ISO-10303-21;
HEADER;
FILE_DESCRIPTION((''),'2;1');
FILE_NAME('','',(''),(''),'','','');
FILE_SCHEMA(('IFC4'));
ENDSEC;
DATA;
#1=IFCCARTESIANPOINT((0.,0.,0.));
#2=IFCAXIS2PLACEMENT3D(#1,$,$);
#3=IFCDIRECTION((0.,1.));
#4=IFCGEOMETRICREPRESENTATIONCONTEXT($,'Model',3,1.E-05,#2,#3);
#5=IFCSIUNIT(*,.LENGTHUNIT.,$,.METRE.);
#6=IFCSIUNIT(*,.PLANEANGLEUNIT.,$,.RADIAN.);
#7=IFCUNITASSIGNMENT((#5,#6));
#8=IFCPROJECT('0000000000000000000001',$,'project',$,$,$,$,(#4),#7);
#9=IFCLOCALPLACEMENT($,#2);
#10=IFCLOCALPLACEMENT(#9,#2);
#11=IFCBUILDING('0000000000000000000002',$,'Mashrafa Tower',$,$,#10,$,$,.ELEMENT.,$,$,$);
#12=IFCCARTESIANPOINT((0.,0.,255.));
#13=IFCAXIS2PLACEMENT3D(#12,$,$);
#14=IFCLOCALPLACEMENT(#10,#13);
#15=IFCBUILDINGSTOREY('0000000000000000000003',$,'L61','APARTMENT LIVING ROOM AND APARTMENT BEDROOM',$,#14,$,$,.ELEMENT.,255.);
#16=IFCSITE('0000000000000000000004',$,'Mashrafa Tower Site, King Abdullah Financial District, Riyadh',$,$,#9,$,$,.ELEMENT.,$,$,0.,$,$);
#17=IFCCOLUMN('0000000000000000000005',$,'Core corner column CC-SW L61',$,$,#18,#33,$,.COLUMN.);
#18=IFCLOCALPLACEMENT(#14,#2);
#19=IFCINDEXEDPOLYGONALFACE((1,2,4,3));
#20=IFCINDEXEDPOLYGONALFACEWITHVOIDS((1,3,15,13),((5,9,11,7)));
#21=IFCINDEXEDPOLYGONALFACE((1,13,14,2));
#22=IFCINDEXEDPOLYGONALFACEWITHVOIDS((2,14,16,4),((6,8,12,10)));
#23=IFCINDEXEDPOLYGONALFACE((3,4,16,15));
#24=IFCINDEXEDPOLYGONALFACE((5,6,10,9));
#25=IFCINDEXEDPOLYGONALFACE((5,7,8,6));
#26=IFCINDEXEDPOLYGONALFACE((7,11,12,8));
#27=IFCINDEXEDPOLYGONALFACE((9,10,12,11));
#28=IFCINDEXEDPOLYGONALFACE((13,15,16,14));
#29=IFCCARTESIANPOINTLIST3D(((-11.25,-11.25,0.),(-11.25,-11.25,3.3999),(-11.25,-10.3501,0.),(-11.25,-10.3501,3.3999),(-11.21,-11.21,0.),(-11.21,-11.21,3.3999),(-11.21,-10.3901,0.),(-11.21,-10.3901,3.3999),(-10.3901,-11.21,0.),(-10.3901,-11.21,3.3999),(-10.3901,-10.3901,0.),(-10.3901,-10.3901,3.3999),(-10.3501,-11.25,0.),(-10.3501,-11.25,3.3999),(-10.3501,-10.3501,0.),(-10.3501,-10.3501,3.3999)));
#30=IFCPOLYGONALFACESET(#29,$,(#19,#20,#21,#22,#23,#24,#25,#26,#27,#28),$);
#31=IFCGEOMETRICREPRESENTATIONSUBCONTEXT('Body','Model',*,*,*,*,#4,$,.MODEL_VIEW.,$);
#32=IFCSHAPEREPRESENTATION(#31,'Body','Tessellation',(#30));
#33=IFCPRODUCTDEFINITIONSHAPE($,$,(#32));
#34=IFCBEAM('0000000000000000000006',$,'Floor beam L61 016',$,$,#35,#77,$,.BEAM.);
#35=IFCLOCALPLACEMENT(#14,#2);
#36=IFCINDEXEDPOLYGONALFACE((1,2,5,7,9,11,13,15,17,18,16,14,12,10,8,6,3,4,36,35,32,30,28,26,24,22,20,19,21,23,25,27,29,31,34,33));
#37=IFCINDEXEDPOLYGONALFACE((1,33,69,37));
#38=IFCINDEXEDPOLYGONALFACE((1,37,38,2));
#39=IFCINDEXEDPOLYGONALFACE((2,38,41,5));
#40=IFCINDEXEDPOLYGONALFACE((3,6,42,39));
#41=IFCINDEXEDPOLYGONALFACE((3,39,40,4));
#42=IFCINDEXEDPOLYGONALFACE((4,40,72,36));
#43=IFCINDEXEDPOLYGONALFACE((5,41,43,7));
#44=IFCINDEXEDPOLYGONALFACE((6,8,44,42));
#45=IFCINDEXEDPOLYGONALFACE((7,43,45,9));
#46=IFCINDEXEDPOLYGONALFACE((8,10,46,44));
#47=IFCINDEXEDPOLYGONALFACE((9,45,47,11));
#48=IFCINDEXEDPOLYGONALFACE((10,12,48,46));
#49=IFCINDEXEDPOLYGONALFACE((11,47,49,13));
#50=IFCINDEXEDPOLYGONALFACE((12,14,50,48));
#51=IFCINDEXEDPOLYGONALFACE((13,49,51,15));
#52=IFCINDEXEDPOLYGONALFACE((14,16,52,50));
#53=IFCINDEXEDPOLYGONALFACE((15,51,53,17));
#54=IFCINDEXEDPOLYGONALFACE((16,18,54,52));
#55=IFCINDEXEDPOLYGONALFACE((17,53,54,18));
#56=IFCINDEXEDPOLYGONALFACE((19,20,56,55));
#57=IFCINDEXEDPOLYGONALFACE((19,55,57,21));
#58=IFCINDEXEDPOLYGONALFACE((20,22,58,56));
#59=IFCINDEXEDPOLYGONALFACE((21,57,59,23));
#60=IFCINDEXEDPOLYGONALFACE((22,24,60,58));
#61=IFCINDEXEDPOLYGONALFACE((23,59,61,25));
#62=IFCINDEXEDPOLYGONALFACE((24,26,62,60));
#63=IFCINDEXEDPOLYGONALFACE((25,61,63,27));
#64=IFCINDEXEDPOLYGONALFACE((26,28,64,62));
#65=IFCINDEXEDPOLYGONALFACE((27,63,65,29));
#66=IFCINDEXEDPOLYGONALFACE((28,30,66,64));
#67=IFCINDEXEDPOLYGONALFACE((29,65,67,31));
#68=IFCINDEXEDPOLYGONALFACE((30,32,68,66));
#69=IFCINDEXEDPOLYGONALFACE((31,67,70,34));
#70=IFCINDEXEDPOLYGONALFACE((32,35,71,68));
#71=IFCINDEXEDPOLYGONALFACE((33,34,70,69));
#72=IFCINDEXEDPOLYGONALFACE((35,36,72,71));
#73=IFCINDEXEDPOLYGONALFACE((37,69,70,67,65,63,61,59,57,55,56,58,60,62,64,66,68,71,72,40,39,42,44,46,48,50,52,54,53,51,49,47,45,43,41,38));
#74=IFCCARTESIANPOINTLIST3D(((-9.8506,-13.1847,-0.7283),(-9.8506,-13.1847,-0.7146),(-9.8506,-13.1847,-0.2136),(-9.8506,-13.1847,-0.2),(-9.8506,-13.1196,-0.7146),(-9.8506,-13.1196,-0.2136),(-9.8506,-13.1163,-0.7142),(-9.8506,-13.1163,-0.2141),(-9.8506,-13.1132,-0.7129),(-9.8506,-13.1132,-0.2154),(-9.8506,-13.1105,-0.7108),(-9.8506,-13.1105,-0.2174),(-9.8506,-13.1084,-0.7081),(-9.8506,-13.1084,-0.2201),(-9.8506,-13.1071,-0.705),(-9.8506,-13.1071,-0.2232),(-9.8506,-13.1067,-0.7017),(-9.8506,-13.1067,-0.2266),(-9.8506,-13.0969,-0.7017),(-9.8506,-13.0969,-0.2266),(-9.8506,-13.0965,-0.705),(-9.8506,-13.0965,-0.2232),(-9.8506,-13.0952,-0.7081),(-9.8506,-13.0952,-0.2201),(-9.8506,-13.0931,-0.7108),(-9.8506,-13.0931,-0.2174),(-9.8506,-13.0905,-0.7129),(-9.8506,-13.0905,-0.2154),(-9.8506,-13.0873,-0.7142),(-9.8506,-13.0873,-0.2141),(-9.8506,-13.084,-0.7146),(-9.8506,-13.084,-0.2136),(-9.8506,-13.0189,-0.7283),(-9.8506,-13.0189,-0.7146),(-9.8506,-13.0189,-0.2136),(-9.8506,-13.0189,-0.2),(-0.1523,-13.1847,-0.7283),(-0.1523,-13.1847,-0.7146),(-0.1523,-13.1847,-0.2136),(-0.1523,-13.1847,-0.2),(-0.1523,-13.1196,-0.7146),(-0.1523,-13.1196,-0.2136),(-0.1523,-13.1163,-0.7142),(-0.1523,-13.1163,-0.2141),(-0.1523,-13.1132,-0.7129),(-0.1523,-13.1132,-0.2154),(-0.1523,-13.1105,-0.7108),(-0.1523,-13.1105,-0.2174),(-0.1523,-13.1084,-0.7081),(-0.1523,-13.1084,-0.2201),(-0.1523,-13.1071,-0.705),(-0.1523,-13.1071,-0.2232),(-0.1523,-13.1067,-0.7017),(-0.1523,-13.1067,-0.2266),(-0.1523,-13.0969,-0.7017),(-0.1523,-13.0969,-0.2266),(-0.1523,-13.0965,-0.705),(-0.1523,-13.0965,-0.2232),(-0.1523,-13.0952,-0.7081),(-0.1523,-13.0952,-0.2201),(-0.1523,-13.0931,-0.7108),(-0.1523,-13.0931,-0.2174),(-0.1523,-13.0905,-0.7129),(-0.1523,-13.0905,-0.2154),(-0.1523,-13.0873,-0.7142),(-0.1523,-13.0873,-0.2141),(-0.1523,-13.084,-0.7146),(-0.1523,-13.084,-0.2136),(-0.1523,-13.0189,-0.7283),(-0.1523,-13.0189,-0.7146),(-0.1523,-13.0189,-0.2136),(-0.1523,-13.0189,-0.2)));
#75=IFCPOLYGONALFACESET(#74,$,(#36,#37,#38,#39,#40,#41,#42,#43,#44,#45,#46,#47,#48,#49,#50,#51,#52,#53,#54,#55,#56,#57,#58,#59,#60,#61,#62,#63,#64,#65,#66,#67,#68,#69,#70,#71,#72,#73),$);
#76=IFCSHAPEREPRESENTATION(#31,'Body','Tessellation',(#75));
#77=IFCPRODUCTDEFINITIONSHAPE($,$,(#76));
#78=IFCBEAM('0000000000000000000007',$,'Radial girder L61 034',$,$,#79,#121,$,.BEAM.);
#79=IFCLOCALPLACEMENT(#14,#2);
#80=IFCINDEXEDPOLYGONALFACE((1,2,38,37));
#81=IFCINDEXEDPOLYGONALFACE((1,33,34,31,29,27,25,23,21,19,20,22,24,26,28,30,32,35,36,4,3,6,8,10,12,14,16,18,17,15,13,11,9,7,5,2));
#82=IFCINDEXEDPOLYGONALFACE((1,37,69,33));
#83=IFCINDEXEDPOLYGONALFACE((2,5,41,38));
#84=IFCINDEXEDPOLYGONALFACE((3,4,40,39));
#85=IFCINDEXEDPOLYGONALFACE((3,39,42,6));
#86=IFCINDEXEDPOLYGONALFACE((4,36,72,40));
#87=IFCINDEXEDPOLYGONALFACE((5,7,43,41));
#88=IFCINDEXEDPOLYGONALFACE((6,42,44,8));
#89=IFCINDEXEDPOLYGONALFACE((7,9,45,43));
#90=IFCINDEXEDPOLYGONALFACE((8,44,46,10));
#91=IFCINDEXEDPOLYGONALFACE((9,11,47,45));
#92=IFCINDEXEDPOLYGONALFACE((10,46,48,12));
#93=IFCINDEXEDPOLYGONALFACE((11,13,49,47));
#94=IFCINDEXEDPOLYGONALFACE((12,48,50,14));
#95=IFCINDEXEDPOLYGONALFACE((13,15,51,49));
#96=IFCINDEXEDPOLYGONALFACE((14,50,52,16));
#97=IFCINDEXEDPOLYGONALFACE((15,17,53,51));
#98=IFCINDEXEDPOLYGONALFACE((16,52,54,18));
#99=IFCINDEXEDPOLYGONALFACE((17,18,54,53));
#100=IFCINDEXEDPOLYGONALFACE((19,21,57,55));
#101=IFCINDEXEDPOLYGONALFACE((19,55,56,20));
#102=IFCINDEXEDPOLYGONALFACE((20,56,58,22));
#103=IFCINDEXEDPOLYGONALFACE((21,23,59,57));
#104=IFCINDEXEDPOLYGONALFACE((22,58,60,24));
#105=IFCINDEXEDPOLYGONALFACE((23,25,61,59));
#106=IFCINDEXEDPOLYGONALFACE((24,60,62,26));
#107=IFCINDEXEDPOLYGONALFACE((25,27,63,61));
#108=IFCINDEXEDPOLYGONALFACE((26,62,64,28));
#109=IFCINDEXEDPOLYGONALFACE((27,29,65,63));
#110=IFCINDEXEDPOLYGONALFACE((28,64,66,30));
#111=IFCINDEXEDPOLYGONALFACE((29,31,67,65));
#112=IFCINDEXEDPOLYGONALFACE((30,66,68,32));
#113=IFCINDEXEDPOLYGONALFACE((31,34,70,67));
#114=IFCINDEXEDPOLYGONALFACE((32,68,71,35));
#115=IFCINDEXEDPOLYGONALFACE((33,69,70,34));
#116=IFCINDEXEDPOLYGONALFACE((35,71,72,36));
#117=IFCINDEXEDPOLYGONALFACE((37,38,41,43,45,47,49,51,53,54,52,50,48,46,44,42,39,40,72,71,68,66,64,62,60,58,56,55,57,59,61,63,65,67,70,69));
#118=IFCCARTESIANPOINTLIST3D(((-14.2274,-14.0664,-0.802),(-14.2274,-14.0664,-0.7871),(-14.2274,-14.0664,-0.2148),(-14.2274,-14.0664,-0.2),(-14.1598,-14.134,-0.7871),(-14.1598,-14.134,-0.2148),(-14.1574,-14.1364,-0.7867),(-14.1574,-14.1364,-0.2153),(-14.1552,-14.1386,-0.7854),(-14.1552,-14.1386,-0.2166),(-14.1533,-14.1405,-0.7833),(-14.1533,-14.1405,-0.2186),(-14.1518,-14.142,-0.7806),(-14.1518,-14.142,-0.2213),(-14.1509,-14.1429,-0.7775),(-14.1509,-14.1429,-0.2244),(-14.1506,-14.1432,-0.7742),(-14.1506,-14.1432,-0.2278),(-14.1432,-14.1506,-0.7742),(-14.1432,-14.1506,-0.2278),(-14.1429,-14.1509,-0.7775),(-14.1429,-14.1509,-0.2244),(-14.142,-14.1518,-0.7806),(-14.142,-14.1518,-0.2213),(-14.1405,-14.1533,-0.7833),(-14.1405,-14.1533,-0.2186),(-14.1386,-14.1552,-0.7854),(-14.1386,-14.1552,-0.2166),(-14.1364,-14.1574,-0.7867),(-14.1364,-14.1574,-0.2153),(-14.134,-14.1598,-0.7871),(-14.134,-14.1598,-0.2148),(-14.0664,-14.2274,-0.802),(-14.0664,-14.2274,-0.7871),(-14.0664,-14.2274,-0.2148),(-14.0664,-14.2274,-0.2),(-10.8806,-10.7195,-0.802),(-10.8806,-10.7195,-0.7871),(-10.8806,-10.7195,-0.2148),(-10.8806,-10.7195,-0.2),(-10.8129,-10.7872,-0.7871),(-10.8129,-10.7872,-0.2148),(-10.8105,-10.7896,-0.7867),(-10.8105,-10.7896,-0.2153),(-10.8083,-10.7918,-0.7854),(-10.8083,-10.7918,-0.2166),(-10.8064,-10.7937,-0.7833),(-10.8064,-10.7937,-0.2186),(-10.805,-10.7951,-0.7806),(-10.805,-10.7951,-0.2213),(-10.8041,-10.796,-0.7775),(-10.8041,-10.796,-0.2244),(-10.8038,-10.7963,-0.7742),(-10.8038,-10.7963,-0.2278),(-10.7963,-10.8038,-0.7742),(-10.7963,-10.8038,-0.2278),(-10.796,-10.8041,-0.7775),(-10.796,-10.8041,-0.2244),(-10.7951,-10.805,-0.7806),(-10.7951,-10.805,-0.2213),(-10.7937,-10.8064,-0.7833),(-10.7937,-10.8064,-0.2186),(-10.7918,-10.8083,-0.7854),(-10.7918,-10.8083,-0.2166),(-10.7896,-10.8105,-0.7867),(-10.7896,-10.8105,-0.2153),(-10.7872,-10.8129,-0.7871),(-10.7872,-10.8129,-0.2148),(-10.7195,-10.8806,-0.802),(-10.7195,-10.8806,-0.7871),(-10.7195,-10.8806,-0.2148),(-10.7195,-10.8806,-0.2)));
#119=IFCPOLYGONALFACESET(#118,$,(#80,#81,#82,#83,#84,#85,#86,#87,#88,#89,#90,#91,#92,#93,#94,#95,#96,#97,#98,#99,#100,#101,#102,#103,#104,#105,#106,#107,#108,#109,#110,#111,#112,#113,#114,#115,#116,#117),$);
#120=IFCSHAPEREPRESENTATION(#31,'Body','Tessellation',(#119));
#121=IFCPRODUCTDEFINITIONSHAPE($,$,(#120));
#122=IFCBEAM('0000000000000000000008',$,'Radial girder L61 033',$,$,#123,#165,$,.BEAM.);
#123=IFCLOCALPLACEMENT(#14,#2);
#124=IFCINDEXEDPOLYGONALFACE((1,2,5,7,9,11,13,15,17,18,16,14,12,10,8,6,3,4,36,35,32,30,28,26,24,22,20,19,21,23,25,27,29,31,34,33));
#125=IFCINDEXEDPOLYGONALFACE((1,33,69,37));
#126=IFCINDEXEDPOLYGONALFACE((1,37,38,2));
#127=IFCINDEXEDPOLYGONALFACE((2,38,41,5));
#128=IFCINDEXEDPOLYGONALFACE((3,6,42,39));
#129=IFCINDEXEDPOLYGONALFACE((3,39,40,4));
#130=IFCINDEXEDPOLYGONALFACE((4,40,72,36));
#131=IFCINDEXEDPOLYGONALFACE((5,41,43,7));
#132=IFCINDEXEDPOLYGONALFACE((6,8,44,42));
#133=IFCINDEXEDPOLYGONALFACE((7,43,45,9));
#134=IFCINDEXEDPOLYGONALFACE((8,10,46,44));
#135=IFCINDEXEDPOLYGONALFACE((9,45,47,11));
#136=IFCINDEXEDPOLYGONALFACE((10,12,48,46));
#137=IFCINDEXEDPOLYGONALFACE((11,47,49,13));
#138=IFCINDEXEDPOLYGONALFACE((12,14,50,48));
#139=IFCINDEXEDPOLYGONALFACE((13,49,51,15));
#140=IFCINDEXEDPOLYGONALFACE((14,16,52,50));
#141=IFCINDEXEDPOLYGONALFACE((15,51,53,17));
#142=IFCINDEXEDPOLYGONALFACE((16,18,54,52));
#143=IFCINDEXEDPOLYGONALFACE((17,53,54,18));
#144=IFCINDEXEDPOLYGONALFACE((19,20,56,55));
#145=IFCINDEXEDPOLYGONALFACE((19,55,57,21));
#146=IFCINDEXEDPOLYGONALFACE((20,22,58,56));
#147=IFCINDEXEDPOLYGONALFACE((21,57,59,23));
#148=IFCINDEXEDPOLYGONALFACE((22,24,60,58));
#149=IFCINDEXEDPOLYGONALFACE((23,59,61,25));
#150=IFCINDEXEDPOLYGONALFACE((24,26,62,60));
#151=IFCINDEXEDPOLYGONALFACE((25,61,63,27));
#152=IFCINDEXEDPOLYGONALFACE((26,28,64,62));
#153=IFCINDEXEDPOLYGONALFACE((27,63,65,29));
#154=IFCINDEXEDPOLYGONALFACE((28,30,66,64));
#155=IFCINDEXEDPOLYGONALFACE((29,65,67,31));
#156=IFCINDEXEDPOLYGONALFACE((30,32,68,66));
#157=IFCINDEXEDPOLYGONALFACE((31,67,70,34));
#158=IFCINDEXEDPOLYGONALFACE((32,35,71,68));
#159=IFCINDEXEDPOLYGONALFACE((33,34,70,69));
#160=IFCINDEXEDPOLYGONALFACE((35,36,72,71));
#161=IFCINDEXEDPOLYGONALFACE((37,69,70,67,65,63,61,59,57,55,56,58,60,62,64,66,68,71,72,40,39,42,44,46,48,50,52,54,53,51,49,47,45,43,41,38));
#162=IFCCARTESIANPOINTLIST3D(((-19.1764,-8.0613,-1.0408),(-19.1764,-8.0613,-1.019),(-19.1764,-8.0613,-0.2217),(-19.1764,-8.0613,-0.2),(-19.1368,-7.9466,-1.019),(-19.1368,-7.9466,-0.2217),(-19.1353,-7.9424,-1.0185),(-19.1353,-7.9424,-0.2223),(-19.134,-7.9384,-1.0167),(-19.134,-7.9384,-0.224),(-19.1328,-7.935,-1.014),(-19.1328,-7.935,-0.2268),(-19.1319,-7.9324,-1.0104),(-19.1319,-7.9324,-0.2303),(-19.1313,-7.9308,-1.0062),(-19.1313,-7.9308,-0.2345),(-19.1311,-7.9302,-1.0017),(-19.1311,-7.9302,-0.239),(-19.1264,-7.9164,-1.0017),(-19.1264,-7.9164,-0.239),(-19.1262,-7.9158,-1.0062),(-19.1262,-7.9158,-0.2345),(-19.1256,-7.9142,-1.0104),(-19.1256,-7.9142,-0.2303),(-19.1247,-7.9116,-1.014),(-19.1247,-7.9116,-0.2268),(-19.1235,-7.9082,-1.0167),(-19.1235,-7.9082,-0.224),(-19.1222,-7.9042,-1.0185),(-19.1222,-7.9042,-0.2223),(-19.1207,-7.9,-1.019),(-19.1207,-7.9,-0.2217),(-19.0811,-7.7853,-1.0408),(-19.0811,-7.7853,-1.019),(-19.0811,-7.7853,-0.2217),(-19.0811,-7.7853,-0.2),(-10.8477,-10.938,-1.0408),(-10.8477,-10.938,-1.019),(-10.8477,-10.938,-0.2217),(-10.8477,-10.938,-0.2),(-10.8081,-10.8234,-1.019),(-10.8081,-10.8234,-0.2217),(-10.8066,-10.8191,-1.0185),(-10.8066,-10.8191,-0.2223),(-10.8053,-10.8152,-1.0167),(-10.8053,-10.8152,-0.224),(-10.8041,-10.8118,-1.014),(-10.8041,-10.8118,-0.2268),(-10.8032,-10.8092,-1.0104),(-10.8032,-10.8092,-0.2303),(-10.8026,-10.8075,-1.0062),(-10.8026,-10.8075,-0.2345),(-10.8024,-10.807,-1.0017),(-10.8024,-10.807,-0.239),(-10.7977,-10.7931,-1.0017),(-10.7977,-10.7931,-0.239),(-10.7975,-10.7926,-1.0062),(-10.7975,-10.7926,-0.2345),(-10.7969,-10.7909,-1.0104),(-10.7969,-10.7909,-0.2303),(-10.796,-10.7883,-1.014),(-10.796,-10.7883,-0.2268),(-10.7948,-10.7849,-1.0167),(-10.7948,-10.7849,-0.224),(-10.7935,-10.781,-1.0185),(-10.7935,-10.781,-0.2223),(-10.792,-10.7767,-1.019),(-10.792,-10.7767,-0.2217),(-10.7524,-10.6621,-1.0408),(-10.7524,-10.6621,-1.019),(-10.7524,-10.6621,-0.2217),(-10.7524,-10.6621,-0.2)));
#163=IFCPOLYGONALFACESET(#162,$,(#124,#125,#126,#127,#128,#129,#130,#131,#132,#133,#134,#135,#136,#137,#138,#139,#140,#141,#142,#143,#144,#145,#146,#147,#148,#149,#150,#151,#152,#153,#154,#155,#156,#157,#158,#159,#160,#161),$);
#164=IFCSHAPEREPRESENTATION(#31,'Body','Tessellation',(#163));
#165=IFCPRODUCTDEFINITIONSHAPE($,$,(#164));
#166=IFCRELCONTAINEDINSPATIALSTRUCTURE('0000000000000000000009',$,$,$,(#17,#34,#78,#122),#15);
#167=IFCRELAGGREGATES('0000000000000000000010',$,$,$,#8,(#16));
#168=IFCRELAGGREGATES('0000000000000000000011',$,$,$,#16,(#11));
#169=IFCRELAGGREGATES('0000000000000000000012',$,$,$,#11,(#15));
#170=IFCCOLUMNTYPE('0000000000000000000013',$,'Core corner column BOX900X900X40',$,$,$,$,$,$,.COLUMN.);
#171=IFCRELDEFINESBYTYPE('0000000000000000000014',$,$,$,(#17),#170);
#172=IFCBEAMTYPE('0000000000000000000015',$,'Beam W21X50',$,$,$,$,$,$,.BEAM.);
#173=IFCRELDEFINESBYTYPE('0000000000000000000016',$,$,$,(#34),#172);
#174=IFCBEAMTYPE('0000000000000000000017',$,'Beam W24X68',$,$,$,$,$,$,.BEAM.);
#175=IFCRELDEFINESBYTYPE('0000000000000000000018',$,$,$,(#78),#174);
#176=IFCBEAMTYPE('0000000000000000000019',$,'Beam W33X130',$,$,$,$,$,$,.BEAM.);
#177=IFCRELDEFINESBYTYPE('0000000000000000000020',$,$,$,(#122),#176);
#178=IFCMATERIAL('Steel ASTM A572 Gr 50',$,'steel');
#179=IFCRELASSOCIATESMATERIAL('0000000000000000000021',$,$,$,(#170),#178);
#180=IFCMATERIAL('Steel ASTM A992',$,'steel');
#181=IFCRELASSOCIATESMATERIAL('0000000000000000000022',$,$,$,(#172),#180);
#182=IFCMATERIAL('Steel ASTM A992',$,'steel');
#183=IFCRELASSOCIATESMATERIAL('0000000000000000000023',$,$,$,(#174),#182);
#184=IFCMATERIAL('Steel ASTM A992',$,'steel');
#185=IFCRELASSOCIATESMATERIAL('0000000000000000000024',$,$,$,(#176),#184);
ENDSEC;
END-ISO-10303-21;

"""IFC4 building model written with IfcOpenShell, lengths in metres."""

from ifc_helpers import new_model, si_unit, direction, frame, origin, origin_2d, place, context, subcontext, project, spatial, hollow_rectangle, i_section, extrude, material, material_profile, profile_set, type_object, element, save


model = new_model("IFC4")

# Units and contexts
model_context = context("Model", 3, precision=1e-05, world=origin(), true_north=direction((0.0, 1.0)))
body_context = subcontext(model_context, "Body", "Model", "MODEL_VIEW")
ifc_project = project(units=[si_unit("LENGTHUNIT", "METRE"), si_unit("PLANEANGLEUNIT", "RADIAN")], contexts=[model_context])

# Site, building, storey
site_placement = place(None, origin())
site = spatial("IfcSite", under=ifc_project, at=site_placement, Name="Mashrafa Tower Site, King Abdullah Financial District, Riyadh", CompositionType="ELEMENT", RefElevation=0.0)
building_placement = place(site_placement, origin())
building = spatial("IfcBuilding", under=site, at=building_placement, Name="Mashrafa Tower", CompositionType="ELEMENT")
storey_placement = place(building_placement, frame((0.0, 0.0, 255.0)))
storey = spatial("IfcBuildingStorey", under=building, at=storey_placement, Name="L61", Description="APARTMENT LIVING ROOM AND APARTMENT BEDROOM", CompositionType="ELEMENT", Elevation=255.0)

# Column
ifc_material_1 = material(Name="Steel ASTM A572 Gr 50", Category="steel")
ifc_material_profile_1 = material_profile(ifc_material_1, hollow_rectangle(XDim=0.8999, YDim=0.8999, WallThickness=0.04, at=origin_2d()), Name="BOX900X900X40")
ifc_profile_set_1 = profile_set([ifc_material_profile_1], Name="Steel ASTM A572 Gr 50")
column_type = type_object("IfcColumnType", Name="Core corner column BOX900X900X40", PredefinedType="COLUMN", material=ifc_profile_set_1)
column_placement = place(storey_placement, frame((-10.8, -10.8, 0.0), z_axis=(0.0, 0.0, 1.0), x_axis=(1.0, 0.0, 0.0)))
element("IfcColumn", 1, at=column_placement, inside=storey, type_object=column_type, Name="Core corner column CC-SW L61", PredefinedType="COLUMN", context=body_context, shape_type="SweptSolid", body=[
    extrude(hollow_rectangle(XDim=0.8999, YDim=0.8999, WallThickness=0.04, at=origin_2d()), origin(), (0.0, 0.0, 1.0), 3.3999),
])

# Beams
ifc_material_2 = material(Name="Steel ASTM A992", Category="steel")
ifc_material_profile_2 = material_profile(ifc_material_2, i_section(OverallWidth=0.1658, OverallDepth=0.5283, WebThickness=0.0098, FlangeThickness=0.0137, FilletRadius=0.0129, at=origin_2d()), Name="W21X50")
ifc_profile_set_2 = profile_set([ifc_material_profile_2], Name="Steel ASTM A992")
beam_type_1 = type_object("IfcBeamType", Name="Beam W21X50", PredefinedType="BEAM", material=ifc_profile_set_2)
beam_1_placement = place(storey_placement, frame((-0.1523, -13.1018, -0.4641), z_axis=(-1.0, 0.0, 0.0), x_axis=(0.0, -1.0, 0.0)))
element("IfcBeam", 2, at=beam_1_placement, inside=storey, type_object=beam_type_1, Name="Floor beam L61 016", PredefinedType="BEAM", context=body_context, shape_type="SweptSolid", body=[
    extrude(i_section(OverallWidth=0.1658, OverallDepth=0.5283, WebThickness=0.0098, FlangeThickness=0.0137, FilletRadius=0.0129, at=origin_2d()), origin(), (0.0, 0.0, 1.0), 9.6982),
])
ifc_material_3 = material(Name="Steel ASTM A992", Category="steel")
ifc_material_profile_3 = material_profile(ifc_material_3, i_section(OverallWidth=0.2278, OverallDepth=0.6021, WebThickness=0.0105, FlangeThickness=0.0149, FilletRadius=0.0129, at=origin_2d()), Name="W24X68")
ifc_profile_set_3 = profile_set([ifc_material_profile_3], Name="Steel ASTM A992")
beam_type_2 = type_object("IfcBeamType", Name="Beam W24X68", PredefinedType="BEAM", material=ifc_profile_set_3)
beam_2_placement = place(storey_placement, frame((-10.8, -10.8, -0.501), z_axis=(-0.707107, -0.707107, 0.0), x_axis=(0.707107, -0.707107, 0.0)))
element("IfcBeam", 3, at=beam_2_placement, inside=storey, type_object=beam_type_2, Name="Radial girder L61 034", PredefinedType="BEAM", context=body_context, shape_type="SweptSolid", body=[
    extrude(i_section(OverallWidth=0.2278, OverallDepth=0.6021, WebThickness=0.0105, FlangeThickness=0.0149, FilletRadius=0.0129, at=origin_2d()), origin(), (0.0, 0.0, 1.0), 4.7332),
])
ifc_material_4 = material(Name="Steel ASTM A992", Category="steel")
ifc_material_profile_4 = material_profile(ifc_material_4, i_section(OverallWidth=0.292, OverallDepth=0.8408, WebThickness=0.0146, FlangeThickness=0.0217, FilletRadius=0.0173, at=origin_2d()), Name="W33X130")
ifc_profile_set_4 = profile_set([ifc_material_profile_4], Name="Steel ASTM A992")
beam_type_3 = type_object("IfcBeamType", Name="Beam W33X130", PredefinedType="BEAM", material=ifc_profile_set_4)
for number, where, z_axis, x_axis, name in (
    (4, (-10.8, -10.8, -0.6204), (-0.945206, 0.326475, 0.0), (-0.326475, -0.945206, 0.0), "Radial girder L61 033"),
):
    element("IfcBeam", number, at=place(storey_placement, frame(where, z_axis=z_axis, x_axis=x_axis)), inside=storey, type_object=beam_type_3, Name=name, PredefinedType="BEAM", context=body_context, shape_type="SweptSolid", body=[
        extrude(i_section(OverallWidth=0.292, OverallDepth=0.8408, WebThickness=0.0146, FlangeThickness=0.0217, FilletRadius=0.0173, at=origin_2d()), origin(), (0.0, 0.0, 1.0), 8.8115),
    ])

save(model, "model.ifc")
